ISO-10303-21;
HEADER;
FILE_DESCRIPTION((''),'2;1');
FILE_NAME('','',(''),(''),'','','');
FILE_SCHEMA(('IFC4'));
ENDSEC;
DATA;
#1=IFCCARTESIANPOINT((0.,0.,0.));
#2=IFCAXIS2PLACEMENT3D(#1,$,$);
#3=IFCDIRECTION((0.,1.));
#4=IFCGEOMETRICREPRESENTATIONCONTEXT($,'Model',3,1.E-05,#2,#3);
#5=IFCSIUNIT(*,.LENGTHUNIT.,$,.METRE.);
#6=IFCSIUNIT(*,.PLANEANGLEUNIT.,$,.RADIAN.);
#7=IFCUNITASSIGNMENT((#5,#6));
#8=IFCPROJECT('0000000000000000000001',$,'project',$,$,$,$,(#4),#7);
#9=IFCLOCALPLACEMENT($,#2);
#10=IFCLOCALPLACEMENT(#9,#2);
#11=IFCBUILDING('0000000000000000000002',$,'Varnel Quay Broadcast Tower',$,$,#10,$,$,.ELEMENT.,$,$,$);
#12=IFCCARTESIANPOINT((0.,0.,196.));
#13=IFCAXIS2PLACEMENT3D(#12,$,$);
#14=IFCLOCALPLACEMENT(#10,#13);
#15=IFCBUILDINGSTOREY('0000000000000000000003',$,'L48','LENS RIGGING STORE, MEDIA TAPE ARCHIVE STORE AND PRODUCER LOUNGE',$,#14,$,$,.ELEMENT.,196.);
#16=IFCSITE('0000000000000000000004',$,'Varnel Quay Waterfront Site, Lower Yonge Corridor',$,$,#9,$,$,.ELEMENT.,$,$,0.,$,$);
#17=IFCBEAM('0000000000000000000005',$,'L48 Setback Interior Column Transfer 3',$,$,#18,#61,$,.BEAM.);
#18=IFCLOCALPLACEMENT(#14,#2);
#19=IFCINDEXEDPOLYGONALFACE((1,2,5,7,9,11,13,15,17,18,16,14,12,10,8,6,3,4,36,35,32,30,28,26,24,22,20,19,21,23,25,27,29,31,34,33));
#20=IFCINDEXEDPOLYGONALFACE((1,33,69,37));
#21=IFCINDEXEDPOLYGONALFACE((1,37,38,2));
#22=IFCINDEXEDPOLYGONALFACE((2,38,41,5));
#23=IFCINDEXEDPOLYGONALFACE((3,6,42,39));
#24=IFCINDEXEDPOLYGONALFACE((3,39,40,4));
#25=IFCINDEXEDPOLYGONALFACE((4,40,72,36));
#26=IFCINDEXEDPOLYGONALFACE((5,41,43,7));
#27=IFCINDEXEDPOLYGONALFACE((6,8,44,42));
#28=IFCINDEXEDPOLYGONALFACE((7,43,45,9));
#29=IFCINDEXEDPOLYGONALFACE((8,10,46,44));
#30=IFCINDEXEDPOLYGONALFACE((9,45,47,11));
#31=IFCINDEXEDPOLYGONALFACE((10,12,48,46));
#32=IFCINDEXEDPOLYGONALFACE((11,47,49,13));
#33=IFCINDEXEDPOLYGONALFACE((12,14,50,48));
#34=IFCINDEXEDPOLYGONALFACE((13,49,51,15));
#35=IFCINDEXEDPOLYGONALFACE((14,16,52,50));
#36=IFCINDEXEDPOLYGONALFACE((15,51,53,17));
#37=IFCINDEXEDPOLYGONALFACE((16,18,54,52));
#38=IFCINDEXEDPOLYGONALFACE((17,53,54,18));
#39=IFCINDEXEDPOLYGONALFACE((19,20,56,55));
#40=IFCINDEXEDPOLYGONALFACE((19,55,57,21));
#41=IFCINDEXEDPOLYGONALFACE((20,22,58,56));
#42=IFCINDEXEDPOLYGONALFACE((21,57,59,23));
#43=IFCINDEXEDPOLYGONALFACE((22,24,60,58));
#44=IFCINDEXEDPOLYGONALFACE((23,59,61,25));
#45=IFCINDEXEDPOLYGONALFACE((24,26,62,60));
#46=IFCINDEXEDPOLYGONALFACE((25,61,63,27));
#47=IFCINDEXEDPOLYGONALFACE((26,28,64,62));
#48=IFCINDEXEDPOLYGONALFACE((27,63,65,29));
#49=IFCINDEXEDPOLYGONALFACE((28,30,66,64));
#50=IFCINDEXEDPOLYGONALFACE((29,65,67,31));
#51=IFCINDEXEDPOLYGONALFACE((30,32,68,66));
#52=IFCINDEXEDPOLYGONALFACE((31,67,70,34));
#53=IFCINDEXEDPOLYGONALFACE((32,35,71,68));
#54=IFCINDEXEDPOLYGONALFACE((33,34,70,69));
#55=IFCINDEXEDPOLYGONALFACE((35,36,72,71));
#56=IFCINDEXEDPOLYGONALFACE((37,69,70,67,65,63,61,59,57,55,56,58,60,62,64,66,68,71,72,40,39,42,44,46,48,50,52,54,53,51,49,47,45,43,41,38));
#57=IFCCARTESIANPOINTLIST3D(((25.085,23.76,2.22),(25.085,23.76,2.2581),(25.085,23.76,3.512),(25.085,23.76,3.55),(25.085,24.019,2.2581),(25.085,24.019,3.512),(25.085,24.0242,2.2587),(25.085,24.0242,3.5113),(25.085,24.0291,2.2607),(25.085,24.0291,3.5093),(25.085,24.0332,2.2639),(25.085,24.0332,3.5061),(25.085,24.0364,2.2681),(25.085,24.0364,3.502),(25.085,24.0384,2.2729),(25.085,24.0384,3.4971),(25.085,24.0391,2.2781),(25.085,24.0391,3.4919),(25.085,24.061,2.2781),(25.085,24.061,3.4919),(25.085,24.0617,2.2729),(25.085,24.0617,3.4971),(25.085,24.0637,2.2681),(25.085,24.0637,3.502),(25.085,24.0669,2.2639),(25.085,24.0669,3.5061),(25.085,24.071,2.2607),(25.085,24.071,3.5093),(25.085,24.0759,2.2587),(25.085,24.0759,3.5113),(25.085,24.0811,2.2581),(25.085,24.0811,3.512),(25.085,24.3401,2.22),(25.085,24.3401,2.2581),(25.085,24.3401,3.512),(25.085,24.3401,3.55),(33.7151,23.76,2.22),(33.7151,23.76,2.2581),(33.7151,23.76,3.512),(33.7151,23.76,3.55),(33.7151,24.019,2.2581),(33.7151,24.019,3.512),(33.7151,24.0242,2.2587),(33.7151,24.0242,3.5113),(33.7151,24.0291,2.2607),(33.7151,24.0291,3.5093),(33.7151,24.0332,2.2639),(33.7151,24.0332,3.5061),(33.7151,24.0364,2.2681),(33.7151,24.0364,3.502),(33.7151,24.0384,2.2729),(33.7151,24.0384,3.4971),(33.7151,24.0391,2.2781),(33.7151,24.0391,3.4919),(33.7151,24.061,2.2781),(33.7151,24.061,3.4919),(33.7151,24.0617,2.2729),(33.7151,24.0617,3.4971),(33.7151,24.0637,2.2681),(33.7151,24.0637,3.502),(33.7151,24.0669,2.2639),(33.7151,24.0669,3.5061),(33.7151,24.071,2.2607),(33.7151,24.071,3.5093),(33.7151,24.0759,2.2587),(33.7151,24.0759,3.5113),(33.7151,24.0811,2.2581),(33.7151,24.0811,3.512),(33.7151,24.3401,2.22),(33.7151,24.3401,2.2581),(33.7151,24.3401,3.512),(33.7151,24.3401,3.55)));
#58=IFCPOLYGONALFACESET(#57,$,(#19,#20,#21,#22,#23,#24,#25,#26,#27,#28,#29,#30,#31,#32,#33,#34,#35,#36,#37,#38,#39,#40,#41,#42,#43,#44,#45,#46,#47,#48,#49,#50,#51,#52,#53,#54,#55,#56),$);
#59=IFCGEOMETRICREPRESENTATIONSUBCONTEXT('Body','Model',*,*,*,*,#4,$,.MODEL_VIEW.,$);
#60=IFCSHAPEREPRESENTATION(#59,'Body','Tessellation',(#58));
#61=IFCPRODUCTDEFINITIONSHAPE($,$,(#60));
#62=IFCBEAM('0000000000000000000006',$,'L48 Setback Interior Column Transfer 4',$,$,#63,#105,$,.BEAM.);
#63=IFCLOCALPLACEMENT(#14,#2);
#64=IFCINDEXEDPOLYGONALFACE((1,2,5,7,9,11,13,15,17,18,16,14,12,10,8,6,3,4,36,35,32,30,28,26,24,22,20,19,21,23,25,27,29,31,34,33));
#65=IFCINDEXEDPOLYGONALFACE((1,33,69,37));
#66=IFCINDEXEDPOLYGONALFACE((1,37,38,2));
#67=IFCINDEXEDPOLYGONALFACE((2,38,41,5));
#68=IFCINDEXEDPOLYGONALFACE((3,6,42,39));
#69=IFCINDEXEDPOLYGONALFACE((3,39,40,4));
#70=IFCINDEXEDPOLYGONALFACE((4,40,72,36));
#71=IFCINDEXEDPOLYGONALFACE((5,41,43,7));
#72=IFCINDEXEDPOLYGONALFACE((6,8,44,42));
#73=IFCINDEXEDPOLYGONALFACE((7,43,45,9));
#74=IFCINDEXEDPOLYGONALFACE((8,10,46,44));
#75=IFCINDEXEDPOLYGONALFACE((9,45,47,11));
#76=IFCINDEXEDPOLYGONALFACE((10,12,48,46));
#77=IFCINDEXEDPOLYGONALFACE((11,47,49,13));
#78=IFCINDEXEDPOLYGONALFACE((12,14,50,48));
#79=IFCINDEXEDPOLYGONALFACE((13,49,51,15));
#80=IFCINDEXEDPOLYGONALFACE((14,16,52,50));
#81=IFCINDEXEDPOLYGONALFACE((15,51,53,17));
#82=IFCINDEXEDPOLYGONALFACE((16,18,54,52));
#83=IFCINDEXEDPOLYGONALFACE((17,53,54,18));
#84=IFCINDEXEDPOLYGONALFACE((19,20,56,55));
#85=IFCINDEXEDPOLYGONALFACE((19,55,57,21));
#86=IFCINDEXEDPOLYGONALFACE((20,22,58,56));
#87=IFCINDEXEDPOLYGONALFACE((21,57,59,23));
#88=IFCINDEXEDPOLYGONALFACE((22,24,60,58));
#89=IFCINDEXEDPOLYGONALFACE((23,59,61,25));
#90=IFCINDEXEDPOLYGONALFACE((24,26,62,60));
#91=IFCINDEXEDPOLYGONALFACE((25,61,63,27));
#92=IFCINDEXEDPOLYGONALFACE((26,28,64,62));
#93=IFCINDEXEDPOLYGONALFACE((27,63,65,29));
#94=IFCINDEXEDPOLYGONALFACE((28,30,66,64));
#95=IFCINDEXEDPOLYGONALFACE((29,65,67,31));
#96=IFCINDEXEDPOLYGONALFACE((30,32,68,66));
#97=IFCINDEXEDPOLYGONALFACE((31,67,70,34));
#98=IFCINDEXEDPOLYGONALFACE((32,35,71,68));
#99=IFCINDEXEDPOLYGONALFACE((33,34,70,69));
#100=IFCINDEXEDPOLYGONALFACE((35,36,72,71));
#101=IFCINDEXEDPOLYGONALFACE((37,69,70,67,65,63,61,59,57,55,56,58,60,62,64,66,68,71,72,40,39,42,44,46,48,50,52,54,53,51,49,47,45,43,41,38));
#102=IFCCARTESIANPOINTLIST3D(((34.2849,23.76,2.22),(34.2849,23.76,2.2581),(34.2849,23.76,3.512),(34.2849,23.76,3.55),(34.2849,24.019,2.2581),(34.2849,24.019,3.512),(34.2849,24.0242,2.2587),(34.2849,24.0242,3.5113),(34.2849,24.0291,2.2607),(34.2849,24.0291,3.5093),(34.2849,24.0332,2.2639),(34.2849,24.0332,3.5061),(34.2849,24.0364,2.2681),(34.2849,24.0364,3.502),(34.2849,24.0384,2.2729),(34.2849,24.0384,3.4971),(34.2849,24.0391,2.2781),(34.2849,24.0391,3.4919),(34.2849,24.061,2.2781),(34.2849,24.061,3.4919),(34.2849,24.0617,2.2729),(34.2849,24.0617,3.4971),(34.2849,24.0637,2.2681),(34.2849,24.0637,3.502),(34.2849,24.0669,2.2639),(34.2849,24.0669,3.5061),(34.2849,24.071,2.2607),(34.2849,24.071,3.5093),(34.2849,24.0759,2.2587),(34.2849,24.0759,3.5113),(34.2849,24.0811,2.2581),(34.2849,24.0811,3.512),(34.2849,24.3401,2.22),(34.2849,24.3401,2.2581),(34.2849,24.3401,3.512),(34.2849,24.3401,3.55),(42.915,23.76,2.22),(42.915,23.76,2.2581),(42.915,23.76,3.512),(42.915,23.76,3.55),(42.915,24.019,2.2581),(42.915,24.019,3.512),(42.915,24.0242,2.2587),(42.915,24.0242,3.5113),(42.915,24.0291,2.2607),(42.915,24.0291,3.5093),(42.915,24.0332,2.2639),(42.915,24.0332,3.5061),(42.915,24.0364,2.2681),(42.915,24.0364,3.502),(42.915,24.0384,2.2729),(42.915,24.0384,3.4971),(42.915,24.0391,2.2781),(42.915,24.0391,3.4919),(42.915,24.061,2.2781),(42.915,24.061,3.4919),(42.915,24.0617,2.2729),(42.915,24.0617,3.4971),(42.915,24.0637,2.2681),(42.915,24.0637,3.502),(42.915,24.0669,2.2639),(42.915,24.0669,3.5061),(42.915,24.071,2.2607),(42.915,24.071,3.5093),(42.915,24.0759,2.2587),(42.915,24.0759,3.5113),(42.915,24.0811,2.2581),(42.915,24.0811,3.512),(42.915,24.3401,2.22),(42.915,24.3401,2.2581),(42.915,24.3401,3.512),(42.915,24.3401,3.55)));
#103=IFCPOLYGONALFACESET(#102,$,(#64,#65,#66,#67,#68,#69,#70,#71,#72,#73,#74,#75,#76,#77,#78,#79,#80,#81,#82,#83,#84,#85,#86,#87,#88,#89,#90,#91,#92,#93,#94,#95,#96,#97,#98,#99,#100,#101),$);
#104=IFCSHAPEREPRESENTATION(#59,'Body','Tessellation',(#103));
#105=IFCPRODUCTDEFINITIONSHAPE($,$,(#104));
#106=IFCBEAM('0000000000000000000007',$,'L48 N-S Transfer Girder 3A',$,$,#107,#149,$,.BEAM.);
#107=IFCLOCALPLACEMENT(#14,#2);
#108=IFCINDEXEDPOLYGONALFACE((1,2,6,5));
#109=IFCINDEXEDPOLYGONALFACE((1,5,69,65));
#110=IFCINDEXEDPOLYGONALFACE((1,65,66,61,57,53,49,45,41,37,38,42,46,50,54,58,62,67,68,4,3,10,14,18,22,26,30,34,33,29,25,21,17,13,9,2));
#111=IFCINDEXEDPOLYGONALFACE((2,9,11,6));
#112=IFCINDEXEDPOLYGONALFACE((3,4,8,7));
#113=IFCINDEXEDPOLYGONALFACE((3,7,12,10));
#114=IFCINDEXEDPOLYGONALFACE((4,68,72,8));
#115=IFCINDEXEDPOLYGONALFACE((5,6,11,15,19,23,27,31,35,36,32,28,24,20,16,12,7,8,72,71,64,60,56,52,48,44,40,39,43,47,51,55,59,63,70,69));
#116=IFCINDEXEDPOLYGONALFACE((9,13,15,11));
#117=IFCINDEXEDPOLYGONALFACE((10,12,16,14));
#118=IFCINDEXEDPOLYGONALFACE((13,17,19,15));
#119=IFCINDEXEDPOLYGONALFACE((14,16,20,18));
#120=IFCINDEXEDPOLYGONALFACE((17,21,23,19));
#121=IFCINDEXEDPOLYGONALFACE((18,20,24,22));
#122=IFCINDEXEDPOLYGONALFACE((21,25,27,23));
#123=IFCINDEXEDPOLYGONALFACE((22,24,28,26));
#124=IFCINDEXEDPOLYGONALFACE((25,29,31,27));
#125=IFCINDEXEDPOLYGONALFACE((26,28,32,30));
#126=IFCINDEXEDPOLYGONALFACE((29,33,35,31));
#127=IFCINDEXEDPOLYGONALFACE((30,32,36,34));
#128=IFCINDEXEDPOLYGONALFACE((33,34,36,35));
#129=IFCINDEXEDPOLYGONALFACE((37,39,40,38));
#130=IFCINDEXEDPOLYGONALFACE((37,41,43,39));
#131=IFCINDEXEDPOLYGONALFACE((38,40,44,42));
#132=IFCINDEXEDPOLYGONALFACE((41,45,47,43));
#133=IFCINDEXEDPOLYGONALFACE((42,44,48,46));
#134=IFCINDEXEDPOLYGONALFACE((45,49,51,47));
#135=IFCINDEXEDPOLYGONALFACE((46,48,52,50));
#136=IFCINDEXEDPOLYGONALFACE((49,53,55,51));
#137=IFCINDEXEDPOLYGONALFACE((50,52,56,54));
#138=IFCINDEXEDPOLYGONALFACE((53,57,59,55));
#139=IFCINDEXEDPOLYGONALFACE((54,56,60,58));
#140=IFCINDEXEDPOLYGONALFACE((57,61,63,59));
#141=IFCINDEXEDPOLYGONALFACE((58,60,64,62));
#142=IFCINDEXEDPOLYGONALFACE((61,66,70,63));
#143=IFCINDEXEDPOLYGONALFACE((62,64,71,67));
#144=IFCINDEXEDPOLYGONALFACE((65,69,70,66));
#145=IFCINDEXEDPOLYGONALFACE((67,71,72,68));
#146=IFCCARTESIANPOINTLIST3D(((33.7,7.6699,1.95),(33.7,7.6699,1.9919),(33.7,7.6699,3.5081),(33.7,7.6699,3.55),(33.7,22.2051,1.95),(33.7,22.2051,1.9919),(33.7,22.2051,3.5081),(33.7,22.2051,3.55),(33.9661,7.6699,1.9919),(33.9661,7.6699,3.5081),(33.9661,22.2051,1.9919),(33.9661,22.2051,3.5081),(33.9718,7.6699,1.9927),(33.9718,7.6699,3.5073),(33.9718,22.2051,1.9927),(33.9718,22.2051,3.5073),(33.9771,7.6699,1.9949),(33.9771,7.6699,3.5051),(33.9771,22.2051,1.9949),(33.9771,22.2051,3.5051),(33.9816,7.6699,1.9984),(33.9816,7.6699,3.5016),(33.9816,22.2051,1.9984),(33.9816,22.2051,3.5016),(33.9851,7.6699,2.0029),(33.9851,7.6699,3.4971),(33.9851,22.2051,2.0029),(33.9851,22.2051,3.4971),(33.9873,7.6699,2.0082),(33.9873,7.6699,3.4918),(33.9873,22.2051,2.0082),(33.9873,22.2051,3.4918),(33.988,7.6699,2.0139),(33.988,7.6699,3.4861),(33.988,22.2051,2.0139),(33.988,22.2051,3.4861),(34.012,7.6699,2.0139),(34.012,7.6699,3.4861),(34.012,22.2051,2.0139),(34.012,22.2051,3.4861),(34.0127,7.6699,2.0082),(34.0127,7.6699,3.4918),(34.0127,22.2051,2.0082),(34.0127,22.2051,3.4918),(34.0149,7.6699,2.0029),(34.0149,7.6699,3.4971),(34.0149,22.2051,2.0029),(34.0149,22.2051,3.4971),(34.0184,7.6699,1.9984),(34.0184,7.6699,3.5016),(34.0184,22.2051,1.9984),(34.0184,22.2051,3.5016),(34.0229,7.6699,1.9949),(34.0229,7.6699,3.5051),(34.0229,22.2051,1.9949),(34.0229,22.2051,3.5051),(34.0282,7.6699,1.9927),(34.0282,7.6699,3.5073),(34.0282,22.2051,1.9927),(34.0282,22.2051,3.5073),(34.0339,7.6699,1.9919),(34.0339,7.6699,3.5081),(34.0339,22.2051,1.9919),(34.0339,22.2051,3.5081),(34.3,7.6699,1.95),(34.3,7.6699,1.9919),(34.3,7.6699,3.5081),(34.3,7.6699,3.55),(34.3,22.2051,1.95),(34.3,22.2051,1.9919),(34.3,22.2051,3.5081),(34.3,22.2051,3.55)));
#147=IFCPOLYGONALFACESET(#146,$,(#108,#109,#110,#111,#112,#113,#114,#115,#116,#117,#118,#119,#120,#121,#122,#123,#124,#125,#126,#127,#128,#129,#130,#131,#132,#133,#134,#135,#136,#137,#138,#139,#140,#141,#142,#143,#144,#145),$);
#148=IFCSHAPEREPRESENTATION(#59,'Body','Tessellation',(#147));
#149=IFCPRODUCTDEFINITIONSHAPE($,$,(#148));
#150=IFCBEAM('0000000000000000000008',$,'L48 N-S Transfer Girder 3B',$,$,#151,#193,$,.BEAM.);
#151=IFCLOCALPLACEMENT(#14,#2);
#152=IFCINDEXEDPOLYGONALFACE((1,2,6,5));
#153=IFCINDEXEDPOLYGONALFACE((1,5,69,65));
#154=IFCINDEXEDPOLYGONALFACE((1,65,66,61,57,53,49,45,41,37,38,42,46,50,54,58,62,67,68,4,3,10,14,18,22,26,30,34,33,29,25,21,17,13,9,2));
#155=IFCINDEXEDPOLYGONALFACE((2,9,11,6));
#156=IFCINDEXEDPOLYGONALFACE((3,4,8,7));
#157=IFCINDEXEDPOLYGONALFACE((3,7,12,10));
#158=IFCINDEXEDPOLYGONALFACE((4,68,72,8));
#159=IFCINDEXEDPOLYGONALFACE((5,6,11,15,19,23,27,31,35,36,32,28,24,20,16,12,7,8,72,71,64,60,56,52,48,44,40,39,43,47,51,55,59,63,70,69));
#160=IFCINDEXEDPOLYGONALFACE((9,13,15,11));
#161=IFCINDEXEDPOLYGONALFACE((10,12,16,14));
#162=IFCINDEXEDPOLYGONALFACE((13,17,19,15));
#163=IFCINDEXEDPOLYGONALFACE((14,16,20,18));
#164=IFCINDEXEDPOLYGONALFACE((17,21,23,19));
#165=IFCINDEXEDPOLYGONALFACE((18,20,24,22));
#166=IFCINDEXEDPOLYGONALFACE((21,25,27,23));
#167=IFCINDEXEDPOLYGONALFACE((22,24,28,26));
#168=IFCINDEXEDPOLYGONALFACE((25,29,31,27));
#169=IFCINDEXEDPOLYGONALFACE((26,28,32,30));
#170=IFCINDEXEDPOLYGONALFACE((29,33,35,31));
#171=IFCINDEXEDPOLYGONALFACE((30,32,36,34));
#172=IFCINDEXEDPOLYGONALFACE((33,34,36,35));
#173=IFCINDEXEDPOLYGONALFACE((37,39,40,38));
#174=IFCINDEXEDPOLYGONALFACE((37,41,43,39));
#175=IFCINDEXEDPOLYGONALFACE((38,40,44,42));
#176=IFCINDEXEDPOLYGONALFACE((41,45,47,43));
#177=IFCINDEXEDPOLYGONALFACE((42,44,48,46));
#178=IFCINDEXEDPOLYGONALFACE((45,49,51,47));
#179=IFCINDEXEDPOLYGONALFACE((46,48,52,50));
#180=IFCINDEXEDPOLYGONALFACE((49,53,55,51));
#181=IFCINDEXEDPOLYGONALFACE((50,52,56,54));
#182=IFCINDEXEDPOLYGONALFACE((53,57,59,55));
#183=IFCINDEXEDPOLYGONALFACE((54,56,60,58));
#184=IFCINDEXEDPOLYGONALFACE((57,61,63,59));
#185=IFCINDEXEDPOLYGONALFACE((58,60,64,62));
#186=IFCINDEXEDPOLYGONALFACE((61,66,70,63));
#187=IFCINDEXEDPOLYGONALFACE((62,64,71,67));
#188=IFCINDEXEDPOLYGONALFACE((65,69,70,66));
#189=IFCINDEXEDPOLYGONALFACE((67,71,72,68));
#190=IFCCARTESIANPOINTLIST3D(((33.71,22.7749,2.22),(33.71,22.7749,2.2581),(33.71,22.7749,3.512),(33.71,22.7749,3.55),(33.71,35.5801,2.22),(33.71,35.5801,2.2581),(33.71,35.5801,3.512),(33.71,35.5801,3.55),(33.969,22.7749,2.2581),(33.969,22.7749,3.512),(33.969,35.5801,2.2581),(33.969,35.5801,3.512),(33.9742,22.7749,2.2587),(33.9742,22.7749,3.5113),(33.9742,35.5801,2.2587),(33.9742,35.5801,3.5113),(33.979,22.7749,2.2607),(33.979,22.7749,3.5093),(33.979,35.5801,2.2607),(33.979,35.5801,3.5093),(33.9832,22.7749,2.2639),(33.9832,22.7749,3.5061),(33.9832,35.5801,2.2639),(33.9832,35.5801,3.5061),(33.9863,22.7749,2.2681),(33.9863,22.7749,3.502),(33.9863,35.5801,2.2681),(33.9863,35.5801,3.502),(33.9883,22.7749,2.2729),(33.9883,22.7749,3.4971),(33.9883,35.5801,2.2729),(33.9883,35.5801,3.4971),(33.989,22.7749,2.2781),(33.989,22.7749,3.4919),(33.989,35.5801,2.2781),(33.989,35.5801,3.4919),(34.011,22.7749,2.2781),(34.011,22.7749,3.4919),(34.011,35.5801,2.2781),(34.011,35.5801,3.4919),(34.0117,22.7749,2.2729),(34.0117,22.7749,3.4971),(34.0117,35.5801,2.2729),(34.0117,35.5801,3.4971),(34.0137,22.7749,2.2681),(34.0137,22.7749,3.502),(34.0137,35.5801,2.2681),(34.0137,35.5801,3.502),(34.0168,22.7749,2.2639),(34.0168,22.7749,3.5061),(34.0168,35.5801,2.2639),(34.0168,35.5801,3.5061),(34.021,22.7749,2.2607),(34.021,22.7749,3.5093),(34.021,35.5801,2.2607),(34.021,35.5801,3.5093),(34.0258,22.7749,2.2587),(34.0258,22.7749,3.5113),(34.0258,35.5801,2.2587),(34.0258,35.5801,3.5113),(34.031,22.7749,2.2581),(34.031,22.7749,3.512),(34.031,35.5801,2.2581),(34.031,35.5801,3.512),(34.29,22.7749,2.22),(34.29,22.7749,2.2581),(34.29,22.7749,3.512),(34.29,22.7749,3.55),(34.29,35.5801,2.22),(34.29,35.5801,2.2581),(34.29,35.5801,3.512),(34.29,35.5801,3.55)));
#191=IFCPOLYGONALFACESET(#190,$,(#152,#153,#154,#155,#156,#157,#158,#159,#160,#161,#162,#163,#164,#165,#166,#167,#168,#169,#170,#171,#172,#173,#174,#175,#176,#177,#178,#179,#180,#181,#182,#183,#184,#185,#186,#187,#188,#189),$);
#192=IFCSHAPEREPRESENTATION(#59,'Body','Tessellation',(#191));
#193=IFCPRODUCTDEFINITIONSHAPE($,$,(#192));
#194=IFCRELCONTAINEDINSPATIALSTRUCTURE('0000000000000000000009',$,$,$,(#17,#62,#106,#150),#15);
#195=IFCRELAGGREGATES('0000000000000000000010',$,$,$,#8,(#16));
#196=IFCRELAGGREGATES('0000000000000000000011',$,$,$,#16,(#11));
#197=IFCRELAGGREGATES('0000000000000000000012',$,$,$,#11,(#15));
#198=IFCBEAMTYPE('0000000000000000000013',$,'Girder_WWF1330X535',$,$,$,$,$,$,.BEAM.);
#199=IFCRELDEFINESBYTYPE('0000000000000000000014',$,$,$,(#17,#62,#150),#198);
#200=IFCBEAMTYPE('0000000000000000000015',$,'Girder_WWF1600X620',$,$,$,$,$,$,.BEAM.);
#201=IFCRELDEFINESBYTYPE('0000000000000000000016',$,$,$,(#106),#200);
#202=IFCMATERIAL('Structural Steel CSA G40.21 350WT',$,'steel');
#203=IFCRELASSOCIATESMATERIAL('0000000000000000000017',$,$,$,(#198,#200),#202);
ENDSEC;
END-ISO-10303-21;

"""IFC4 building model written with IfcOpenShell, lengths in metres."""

from ifc_helpers import new_model, si_unit, direction, frame, origin, origin_2d, place, context, subcontext, project, spatial, i_section, extrude, source, transform, mapped, material, material_profile, profile_set, type_object, element, save


model = new_model("IFC4")

# Units and contexts
model_context = context("Model", 3, precision=1e-05, world=origin(), true_north=direction((0.0, 1.0)))
body_context = subcontext(model_context, "Body", "Model", "MODEL_VIEW")
ifc_project = project(units=[si_unit("LENGTHUNIT", "METRE"), si_unit("PLANEANGLEUNIT", "RADIAN")], contexts=[model_context])

# Site, building, storey
site_placement = place(None, origin())
site = spatial("IfcSite", under=ifc_project, at=site_placement, Name="Varnel Quay Waterfront Site, Lower Yonge Corridor", CompositionType="ELEMENT", RefElevation=0.0)
building_placement = place(site_placement, origin())
building = spatial("IfcBuilding", under=site, at=building_placement, Name="Varnel Quay Broadcast Tower", CompositionType="ELEMENT")
storey_placement = place(building_placement, frame((0.0, 0.0, 196.0)))
storey = spatial("IfcBuildingStorey", under=building, at=storey_placement, Name="L48", Description="LENS RIGGING STORE, MEDIA TAPE ARCHIVE STORE AND PRODUCER LOUNGE", CompositionType="ELEMENT", Elevation=196.0)

# Beams
ifc_material_1 = material(Name="Structural Steel CSA G40.21 350WT", Category="steel")
ifc_material_profile_1 = material_profile(ifc_material_1, i_section(OverallWidth=0.5801, OverallDepth=1.3301, WebThickness=0.022, FlangeThickness=0.0381, FilletRadius=0.02, at=origin_2d()), Name="WWF1330X535")
ifc_profile_set_1 = profile_set([ifc_material_profile_1], Name="Structural Steel CSA G40.21 350WT")
beam_type_1 = type_object("IfcBeamType", Name="Girder_WWF1330X535", PredefinedType="BEAM", material=ifc_profile_set_1)
ifc_material_profile_2 = material_profile(ifc_material_1, i_section(OverallWidth=0.6001, OverallDepth=1.6001, WebThickness=0.0239, FlangeThickness=0.042, FilletRadius=0.022, at=origin_2d()), Name="WWF1600X620")
ifc_profile_set_2 = profile_set([ifc_material_profile_2], Name="Structural Steel CSA G40.21 350WT")
beam_type_2 = type_object("IfcBeamType", Name="Girder_WWF1600X620", PredefinedType="BEAM", material=ifc_profile_set_2)
shared_shape_1 = source(origin(), body_context, "Body", "SweptSolid", [
    extrude(i_section(OverallWidth=0.5801, OverallDepth=1.3301, WebThickness=0.022, FlangeThickness=0.0381, FilletRadius=0.02, at=origin_2d()), origin(), (0.0, 0.0, 1.0), 8.6301),
])
for number, where, z_axis, x_axis, name in (
    (1, (25.085, 24.05, 2.885), (1.0, 0.0, 0.0), (0.0, 1.0, 0.0), "L48 Setback Interior Column Transfer 3"),
    (2, (34.2849, 24.05, 2.885), (1.0, 0.0, 0.0), (0.0, 1.0, 0.0), "L48 Setback Interior Column Transfer 4"),
):
    element("IfcBeam", number, at=place(storey_placement, frame(where, z_axis=z_axis, x_axis=x_axis)), inside=storey, type_object=beam_type_1, Name=name, PredefinedType="BEAM", context=body_context, shape_type="MappedRepresentation", body=[
        mapped(shared_shape_1, transform((0.0, 0.0, 0.0), x_axis=(1.0, 0.0, 0.0), y_axis=(0.0, 1.0, 0.0), z_axis=(0.0, 0.0, 1.0), scale=1.0)),
    ])
shared_shape_2 = source(origin(), body_context, "Body", "SweptSolid", [
    extrude(i_section(OverallWidth=0.6001, OverallDepth=1.6001, WebThickness=0.0239, FlangeThickness=0.042, FilletRadius=0.022, at=origin_2d()), origin(), (0.0, 0.0, 1.0), 14.5352),
])
beam_1_placement = place(storey_placement, frame((34.0, 7.6699, 2.75), z_axis=(0.0, 1.0, 0.0), x_axis=(-1.0, 0.0, 0.0)))
element("IfcBeam", 3, at=beam_1_placement, inside=storey, type_object=beam_type_2, Name="L48 N-S Transfer Girder 3A", PredefinedType="BEAM", context=body_context, shape_type="MappedRepresentation", body=[
    mapped(shared_shape_2, transform((0.0, 0.0, 0.0), x_axis=(1.0, 0.0, 0.0), y_axis=(0.0, 1.0, 0.0), z_axis=(0.0, 0.0, 1.0), scale=1.0)),
])
shared_shape_3 = source(origin(), body_context, "Body", "SweptSolid", [
    extrude(i_section(OverallWidth=0.5801, OverallDepth=1.3301, WebThickness=0.022, FlangeThickness=0.0381, FilletRadius=0.02, at=origin_2d()), origin(), (0.0, 0.0, 1.0), 12.8052),
])
beam_2_placement = place(storey_placement, frame((34.0, 22.7749, 2.885), z_axis=(0.0, 1.0, 0.0), x_axis=(-1.0, 0.0, 0.0)))
element("IfcBeam", 4, at=beam_2_placement, inside=storey, type_object=beam_type_1, Name="L48 N-S Transfer Girder 3B", PredefinedType="BEAM", context=body_context, shape_type="MappedRepresentation", body=[
    mapped(shared_shape_3, transform((0.0, 0.0, 0.0), x_axis=(1.0, 0.0, 0.0), y_axis=(0.0, 1.0, 0.0), z_axis=(0.0, 0.0, 1.0), scale=1.0)),
])

save(model, "model.ifc")
